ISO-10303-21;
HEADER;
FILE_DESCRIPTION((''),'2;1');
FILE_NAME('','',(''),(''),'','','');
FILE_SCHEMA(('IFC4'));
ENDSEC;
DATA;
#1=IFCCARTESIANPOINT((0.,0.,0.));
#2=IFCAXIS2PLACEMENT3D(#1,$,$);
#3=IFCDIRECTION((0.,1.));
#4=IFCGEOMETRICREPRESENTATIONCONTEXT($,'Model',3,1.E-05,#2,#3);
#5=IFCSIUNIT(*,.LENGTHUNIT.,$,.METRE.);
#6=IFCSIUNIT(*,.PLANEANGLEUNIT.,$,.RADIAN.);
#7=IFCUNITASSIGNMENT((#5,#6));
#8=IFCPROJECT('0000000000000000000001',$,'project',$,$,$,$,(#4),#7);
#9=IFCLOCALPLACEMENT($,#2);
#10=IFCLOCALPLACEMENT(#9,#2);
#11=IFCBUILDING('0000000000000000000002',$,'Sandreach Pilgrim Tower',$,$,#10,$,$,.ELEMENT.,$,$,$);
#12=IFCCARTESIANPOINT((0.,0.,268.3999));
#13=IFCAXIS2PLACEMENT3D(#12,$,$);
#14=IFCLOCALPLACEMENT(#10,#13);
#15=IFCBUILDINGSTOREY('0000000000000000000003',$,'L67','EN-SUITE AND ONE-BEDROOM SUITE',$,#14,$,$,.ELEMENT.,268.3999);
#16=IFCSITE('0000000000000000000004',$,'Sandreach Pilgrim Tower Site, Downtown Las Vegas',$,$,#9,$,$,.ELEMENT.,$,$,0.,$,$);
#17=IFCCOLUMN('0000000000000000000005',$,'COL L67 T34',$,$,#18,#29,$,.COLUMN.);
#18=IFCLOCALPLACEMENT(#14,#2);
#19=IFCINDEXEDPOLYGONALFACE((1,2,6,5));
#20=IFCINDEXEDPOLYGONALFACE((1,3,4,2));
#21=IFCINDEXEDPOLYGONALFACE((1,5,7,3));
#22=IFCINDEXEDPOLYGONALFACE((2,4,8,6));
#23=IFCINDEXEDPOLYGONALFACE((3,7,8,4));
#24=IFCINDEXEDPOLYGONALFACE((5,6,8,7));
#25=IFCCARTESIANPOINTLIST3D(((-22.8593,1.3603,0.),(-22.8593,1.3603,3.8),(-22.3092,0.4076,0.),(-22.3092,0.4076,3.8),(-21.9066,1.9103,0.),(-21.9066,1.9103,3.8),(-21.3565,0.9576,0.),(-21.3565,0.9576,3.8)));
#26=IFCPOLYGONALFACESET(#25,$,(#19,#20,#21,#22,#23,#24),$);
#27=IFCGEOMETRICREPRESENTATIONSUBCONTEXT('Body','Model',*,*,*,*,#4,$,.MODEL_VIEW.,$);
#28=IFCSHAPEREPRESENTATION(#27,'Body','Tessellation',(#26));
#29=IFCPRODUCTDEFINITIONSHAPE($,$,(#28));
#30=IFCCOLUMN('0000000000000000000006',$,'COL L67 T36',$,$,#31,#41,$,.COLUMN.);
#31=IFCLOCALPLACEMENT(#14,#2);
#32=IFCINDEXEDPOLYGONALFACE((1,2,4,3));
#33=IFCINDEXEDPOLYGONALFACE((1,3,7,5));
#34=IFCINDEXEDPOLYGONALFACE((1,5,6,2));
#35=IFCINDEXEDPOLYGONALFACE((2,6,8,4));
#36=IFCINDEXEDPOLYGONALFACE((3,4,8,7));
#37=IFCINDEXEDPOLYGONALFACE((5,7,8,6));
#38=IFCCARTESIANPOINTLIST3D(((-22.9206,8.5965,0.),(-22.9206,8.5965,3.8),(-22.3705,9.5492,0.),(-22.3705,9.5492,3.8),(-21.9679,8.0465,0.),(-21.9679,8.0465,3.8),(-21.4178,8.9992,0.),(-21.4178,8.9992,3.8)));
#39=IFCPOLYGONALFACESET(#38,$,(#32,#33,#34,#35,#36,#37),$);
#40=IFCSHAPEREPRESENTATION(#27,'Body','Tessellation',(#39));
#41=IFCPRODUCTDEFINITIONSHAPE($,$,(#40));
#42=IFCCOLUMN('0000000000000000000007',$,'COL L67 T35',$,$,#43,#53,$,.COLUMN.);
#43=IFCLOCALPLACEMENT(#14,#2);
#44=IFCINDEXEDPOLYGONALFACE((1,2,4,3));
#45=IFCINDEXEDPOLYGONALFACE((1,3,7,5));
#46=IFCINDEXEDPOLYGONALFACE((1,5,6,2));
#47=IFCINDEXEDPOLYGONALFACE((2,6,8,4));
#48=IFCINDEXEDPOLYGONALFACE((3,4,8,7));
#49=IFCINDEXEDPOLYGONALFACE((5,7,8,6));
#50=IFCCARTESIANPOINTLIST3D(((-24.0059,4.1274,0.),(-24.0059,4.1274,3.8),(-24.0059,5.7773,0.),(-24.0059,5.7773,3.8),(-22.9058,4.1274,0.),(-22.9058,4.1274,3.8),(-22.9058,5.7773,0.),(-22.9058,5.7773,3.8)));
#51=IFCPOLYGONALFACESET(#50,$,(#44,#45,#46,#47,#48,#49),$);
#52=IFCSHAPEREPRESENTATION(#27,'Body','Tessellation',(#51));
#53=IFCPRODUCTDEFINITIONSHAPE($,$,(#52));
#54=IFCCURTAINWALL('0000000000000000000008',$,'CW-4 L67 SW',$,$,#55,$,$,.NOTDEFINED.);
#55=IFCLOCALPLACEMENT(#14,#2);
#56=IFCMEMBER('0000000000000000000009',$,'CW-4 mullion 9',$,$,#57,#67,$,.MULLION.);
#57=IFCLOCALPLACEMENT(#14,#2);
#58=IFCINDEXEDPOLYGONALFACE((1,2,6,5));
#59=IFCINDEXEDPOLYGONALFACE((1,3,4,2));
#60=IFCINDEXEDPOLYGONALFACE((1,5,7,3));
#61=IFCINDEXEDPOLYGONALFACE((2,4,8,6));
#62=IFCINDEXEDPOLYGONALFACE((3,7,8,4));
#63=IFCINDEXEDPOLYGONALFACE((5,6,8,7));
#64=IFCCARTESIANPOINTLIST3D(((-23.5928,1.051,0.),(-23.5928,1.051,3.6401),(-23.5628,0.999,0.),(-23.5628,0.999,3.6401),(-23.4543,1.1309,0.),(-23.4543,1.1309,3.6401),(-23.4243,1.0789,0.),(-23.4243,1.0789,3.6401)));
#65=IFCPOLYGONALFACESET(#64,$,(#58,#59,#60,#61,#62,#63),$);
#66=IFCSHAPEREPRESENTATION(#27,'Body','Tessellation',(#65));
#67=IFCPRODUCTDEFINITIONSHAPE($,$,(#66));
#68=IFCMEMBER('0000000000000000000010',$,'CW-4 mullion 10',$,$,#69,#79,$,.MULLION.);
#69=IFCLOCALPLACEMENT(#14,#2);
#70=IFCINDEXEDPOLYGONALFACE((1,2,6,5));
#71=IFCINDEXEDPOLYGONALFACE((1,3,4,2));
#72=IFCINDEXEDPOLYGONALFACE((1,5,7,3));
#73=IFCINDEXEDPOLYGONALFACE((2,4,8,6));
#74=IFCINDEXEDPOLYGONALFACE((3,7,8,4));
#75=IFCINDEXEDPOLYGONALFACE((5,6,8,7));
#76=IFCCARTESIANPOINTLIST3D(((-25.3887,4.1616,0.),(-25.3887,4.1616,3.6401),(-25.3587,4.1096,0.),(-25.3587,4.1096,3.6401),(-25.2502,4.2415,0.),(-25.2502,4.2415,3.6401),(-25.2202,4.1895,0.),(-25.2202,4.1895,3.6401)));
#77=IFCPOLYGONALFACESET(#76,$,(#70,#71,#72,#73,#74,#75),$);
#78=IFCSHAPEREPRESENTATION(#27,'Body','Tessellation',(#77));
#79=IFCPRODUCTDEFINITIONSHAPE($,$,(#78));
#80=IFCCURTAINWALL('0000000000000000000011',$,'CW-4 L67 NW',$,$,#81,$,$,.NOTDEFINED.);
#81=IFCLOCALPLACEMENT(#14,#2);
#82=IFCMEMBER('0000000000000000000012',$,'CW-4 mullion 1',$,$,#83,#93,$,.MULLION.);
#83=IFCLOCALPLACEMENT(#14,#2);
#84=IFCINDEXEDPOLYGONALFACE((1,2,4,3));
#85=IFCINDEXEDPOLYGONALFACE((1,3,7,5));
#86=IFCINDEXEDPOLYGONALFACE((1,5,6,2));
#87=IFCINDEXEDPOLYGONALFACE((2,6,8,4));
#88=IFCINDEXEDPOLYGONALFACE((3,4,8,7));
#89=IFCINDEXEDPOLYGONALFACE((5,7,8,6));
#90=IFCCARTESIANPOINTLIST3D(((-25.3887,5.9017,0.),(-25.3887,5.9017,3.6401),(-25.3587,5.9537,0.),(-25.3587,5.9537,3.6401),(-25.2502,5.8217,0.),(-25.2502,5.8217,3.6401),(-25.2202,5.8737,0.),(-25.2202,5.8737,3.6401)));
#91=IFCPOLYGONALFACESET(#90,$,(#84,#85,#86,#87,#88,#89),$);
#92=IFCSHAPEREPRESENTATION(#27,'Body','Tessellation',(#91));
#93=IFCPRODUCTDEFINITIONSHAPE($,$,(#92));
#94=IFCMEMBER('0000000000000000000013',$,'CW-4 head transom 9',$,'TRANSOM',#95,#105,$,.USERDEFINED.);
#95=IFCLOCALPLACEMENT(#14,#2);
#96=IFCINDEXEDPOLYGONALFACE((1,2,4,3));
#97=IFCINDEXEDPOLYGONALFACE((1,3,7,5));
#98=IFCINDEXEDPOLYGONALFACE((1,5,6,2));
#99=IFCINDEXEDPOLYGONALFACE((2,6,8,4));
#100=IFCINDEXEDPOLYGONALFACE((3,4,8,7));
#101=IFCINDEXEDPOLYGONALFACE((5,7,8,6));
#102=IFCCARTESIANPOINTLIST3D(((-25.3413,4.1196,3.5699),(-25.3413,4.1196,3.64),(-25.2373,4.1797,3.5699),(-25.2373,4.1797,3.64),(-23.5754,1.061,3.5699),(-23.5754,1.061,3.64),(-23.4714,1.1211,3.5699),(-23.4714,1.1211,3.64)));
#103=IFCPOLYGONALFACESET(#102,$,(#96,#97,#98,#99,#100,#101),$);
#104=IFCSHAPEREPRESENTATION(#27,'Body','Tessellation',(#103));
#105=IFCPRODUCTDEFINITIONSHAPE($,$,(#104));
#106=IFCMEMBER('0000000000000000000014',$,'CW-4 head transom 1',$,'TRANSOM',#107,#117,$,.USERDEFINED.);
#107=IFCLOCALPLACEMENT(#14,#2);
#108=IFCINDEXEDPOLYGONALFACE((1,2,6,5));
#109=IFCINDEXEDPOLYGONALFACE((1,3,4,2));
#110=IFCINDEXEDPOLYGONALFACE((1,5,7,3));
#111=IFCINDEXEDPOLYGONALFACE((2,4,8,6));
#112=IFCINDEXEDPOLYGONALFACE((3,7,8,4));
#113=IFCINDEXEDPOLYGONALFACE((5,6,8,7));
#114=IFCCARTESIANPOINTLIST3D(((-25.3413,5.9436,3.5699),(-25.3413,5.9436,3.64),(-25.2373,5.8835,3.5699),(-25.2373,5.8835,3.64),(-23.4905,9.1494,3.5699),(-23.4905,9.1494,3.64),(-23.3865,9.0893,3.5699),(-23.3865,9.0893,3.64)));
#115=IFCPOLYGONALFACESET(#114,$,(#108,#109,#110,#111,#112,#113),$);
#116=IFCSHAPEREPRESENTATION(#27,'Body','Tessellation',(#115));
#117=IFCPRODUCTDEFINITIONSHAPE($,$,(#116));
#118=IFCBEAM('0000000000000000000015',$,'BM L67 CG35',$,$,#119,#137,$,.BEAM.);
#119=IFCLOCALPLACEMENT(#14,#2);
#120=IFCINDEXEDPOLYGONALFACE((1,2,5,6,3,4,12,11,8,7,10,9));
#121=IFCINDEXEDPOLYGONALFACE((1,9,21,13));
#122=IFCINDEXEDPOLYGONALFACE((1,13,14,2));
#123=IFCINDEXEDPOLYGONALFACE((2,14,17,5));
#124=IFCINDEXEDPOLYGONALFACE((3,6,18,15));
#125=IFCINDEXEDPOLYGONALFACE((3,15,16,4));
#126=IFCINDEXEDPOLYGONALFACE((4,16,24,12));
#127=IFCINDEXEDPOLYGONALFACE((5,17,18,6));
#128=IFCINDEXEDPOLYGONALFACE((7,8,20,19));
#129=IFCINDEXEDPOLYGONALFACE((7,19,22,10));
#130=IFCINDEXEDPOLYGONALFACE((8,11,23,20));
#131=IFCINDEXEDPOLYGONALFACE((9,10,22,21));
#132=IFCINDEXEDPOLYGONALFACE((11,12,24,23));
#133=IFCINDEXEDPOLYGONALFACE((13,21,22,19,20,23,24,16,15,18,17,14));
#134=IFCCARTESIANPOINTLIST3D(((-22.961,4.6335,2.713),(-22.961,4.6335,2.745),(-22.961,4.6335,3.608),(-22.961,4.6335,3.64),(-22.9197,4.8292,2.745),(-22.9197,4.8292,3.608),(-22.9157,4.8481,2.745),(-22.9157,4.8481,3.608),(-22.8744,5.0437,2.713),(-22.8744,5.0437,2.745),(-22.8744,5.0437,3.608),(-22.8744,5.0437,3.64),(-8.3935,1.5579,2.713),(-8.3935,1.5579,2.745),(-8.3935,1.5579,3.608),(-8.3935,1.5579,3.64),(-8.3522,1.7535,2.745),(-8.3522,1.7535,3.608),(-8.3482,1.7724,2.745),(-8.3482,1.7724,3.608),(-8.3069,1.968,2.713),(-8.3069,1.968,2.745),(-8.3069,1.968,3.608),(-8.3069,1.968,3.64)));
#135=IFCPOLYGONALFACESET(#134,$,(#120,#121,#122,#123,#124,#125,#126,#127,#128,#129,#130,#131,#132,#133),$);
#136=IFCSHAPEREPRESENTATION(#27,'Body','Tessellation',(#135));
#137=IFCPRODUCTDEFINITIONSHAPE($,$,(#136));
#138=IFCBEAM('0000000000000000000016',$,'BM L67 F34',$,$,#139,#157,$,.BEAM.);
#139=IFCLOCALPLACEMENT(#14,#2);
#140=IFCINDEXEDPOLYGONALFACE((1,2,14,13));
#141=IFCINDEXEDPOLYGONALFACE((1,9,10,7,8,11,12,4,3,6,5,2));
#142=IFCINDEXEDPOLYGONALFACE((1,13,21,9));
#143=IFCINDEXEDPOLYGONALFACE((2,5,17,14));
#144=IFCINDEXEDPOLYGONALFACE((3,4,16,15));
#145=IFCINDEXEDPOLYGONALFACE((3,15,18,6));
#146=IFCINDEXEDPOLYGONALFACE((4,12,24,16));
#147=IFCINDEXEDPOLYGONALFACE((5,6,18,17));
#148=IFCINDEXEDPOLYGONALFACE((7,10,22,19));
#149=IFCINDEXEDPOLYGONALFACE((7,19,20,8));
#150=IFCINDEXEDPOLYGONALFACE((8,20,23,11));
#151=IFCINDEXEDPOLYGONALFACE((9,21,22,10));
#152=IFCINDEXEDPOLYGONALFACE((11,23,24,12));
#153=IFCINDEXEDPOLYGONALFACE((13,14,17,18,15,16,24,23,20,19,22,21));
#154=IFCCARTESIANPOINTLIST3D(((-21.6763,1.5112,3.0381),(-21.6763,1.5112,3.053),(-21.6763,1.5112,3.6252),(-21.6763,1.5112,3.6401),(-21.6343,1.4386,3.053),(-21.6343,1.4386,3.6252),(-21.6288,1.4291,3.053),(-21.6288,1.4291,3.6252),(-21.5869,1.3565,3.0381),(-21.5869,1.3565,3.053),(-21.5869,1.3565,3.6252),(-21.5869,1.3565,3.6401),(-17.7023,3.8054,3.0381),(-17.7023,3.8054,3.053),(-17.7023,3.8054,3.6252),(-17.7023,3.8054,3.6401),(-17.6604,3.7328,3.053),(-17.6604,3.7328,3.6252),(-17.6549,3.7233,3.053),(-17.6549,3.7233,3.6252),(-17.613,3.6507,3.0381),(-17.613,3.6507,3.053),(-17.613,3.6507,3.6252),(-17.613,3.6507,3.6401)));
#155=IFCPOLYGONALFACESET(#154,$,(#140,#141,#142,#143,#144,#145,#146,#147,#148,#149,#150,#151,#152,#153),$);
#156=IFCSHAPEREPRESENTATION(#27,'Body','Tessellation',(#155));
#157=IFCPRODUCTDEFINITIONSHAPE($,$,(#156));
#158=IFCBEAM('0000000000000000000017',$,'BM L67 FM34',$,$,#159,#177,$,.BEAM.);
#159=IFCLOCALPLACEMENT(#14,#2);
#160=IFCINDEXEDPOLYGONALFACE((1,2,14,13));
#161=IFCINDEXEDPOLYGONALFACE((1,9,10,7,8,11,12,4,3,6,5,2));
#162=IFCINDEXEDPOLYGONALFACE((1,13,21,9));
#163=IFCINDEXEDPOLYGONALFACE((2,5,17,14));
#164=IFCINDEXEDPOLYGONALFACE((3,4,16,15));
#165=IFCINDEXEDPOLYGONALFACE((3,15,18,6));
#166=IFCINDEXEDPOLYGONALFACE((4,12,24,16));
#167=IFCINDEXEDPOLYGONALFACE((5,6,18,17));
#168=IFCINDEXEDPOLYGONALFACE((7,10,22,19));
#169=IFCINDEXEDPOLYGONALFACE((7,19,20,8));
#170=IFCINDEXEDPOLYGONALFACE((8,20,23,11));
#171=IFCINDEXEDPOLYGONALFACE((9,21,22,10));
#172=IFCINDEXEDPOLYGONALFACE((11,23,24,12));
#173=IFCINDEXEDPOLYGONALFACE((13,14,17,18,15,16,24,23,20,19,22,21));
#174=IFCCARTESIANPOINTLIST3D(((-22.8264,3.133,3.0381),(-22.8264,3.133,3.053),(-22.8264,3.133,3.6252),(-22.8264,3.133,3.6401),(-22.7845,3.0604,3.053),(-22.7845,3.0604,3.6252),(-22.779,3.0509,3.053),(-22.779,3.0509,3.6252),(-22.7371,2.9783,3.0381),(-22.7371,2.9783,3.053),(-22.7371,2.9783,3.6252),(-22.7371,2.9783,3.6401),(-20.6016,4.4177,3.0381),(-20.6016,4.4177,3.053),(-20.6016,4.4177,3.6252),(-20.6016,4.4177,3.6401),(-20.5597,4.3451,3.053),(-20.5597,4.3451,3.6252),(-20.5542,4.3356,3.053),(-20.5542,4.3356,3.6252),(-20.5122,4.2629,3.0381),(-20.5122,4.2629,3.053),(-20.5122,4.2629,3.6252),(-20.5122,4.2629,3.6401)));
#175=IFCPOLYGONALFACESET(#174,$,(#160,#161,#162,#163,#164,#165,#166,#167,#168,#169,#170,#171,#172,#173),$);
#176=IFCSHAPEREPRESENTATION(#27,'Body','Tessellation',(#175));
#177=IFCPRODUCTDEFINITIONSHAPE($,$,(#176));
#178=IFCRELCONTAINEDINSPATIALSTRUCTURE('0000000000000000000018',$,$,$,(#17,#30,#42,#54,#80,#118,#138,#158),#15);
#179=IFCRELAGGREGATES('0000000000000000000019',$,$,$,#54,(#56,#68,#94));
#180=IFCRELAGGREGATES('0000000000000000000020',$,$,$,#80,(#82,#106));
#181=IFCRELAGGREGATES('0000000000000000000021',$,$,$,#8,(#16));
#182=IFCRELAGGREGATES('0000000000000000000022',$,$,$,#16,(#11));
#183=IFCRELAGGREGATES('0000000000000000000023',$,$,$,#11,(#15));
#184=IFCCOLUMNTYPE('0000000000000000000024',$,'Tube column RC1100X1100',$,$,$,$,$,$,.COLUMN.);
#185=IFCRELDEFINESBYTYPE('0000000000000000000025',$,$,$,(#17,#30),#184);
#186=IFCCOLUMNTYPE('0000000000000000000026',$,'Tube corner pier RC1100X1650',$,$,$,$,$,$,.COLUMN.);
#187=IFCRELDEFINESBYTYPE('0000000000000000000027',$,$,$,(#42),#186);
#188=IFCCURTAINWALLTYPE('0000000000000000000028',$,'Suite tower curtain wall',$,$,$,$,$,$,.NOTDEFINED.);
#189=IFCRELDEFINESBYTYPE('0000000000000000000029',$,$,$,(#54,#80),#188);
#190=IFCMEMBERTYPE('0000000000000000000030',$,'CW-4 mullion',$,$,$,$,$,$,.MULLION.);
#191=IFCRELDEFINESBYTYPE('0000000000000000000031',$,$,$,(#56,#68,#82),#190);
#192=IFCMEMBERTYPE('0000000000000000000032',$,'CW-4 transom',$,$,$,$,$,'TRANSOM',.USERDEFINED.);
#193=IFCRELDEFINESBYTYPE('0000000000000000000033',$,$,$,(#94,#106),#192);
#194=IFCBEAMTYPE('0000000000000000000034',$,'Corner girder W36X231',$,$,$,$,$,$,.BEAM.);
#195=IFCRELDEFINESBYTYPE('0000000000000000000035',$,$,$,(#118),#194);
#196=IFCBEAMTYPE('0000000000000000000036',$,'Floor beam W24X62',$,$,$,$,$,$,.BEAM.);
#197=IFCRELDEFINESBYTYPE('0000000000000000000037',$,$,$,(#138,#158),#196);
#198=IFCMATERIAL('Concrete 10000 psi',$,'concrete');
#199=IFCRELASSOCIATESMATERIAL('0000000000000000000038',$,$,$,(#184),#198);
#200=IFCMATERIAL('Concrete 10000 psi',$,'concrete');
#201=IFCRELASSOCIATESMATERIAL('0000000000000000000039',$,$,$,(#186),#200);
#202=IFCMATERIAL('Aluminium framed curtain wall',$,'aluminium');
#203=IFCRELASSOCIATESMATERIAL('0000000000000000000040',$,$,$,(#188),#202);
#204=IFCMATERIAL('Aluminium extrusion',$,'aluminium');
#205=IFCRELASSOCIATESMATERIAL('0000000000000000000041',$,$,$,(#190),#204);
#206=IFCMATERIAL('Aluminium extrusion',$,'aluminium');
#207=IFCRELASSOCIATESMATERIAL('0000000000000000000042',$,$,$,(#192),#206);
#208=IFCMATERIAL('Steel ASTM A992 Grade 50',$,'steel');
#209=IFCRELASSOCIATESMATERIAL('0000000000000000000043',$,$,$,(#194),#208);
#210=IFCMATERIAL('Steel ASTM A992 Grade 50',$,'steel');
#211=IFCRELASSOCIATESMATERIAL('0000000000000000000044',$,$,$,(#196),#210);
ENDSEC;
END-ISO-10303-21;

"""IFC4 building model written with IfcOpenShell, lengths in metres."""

from ifc_helpers import new_model, si_unit, direction, frame, origin, origin_2d, place, context, subcontext, project, spatial, rectangle, i_section, extrude, material, material_profile, profile_set, type_object, element, aggregate, save


model = new_model("IFC4")

# Units and contexts
model_context = context("Model", 3, precision=1e-05, world=origin(), true_north=direction((0.0, 1.0)))
body_context = subcontext(model_context, "Body", "Model", "MODEL_VIEW")
ifc_project = project(units=[si_unit("LENGTHUNIT", "METRE"), si_unit("PLANEANGLEUNIT", "RADIAN")], contexts=[model_context])

# Site, building, storey
site_placement = place(None, origin())
site = spatial("IfcSite", under=ifc_project, at=site_placement, Name="Sandreach Pilgrim Tower Site, Downtown Las Vegas", CompositionType="ELEMENT", RefElevation=0.0)
building_placement = place(site_placement, origin())
building = spatial("IfcBuilding", under=site, at=building_placement, Name="Sandreach Pilgrim Tower", CompositionType="ELEMENT")
storey_placement = place(building_placement, frame((0.0, 0.0, 268.3999)))
storey = spatial("IfcBuildingStorey", under=building, at=storey_placement, Name="L67", Description="EN-SUITE AND ONE-BEDROOM SUITE", CompositionType="ELEMENT", Elevation=268.3999)

# Columns
ifc_material_1 = material(Name="Concrete 10000 psi", Category="concrete")
ifc_material_profile_1 = material_profile(ifc_material_1, rectangle(XDim=1.1001, YDim=1.1001, at=origin_2d()), Name="RC1100X1100")
ifc_profile_set_1 = profile_set([ifc_material_profile_1], Name="Concrete 10000 psi")
column_type_1 = type_object("IfcColumnType", Name="Tube column RC1100X1100", PredefinedType="COLUMN", material=ifc_profile_set_1)
for number, where, z_axis, x_axis, name in (
    (1, (-22.1079, 1.1589, 0.0), (0.0, 0.0, 1.0), (-0.866025, -0.5, 0.0), "COL L67 T34"),
    (2, (-22.1692, 8.7979, 0.0), (0.0, 0.0, 1.0), (-0.866025, 0.5, 0.0), "COL L67 T36"),
):
    element("IfcColumn", number, at=place(storey_placement, frame(where, z_axis=z_axis, x_axis=x_axis)), inside=storey, type_object=column_type_1, Name=name, PredefinedType="COLUMN", context=body_context, shape_type="SweptSolid", body=[
        extrude(rectangle(XDim=1.1001, YDim=1.1001, at=origin_2d()), origin(), (0.0, 0.0, 1.0), 3.8),
    ])
ifc_material_2 = material(Name="Concrete 10000 psi", Category="concrete")
ifc_material_profile_2 = material_profile(ifc_material_2, rectangle(XDim=1.1001, YDim=1.6499, at=origin_2d()), Name="RC1100X1650")
ifc_profile_set_2 = profile_set([ifc_material_profile_2], Name="Concrete 10000 psi")
column_type_2 = type_object("IfcColumnType", Name="Tube corner pier RC1100X1650", PredefinedType="COLUMN", material=ifc_profile_set_2)
column_placement = place(storey_placement, frame((-23.4558, 4.9524, 0.0), z_axis=(0.0, 0.0, 1.0), x_axis=(-1.0, 0.0, 0.0)))
element("IfcColumn", 3, at=column_placement, inside=storey, type_object=column_type_2, Name="COL L67 T35", PredefinedType="COLUMN", context=body_context, shape_type="SweptSolid", body=[
    extrude(rectangle(XDim=1.1001, YDim=1.6499, at=origin_2d()), origin(), (0.0, 0.0, 1.0), 3.8),
])

# Curtain wall, members
ifc_material_3 = material(Name="Aluminium framed curtain wall", Category="aluminium")
curtain_wall_type = type_object("IfcCurtainWallType", Name="Suite tower curtain wall", PredefinedType="NOTDEFINED", material=ifc_material_3)
curtain_wall_1_placement = place(storey_placement, origin())
curtain_wall_1 = element("IfcCurtainWall", 4, at=curtain_wall_1_placement, inside=storey, type_object=curtain_wall_type, Name="CW-4 L67 SW", PredefinedType="NOTDEFINED")
ifc_material_4 = material(Name="Aluminium extrusion", Category="aluminium")
ifc_material_profile_3 = material_profile(ifc_material_4, rectangle(XDim=0.0601, YDim=0.1599, at=origin_2d()), Name="CW-4M 60X160")
ifc_profile_set_3 = profile_set([ifc_material_profile_3], Name="Aluminium extrusion")
member_type_1 = type_object("IfcMemberType", Name="CW-4 mullion", PredefinedType="MULLION", material=ifc_profile_set_3)
member_1_placement = place(storey_placement, frame((-23.5085, 1.0649, 0.0), z_axis=(0.0, 0.0, 1.0), x_axis=(-0.5, 0.866025, 0.0)))
member_1 = element("IfcMember", 5, at=member_1_placement, type_object=member_type_1, Name="CW-4 mullion 9", PredefinedType="MULLION", context=body_context, shape_type="SweptSolid", body=[
    extrude(rectangle(XDim=0.0601, YDim=0.1599, at=origin_2d()), origin(), (0.0, 0.0, 1.0), 3.6401),
])
member_2_placement = place(storey_placement, frame((-25.3044, 4.1755, 0.0), z_axis=(0.0, 0.0, 1.0), x_axis=(-0.5, 0.866025, 0.0)))
member_2 = element("IfcMember", 6, at=member_2_placement, type_object=member_type_1, Name="CW-4 mullion 10", PredefinedType="MULLION", context=body_context, shape_type="SweptSolid", body=[
    extrude(rectangle(XDim=0.0601, YDim=0.1599, at=origin_2d()), origin(), (0.0, 0.0, 1.0), 3.6401),
])

# Curtain wall, member
curtain_wall_2_placement = place(storey_placement, origin())
curtain_wall_2 = element("IfcCurtainWall", 7, at=curtain_wall_2_placement, inside=storey, type_object=curtain_wall_type, Name="CW-4 L67 NW", PredefinedType="NOTDEFINED")
member_3_placement = place(storey_placement, frame((-25.3044, 5.8877, 0.0), z_axis=(0.0, 0.0, 1.0), x_axis=(0.5, 0.866025, 0.0)))
member_3 = element("IfcMember", 8, at=member_3_placement, type_object=member_type_1, Name="CW-4 mullion 1", PredefinedType="MULLION", context=body_context, shape_type="SweptSolid", body=[
    extrude(rectangle(XDim=0.0601, YDim=0.1599, at=origin_2d()), origin(), (0.0, 0.0, 1.0), 3.6401),
])

# Members
ifc_material_5 = material(Name="Aluminium extrusion", Category="aluminium")
ifc_material_profile_4 = material_profile(ifc_material_5, rectangle(XDim=0.1201, YDim=0.0701, at=origin_2d()), Name="CW-4T 120X70")
ifc_profile_set_4 = profile_set([ifc_material_profile_4], Name="Aluminium extrusion")
member_type_2 = type_object("IfcMemberType", Name="CW-4 transom", ElementType="TRANSOM", PredefinedType="USERDEFINED", material=ifc_profile_set_4)
member_4_placement = place(storey_placement, frame((-23.5234, 1.0911, 3.605), z_axis=(-0.499998, 0.866027, 0.0), x_axis=(-0.866027, -0.499998, 0.0)))
member_4 = element("IfcMember", 9, at=member_4_placement, type_object=member_type_2, Name="CW-4 head transom 9", ObjectType="TRANSOM", PredefinedType="USERDEFINED", context=body_context, shape_type="SweptSolid", body=[
    extrude(rectangle(XDim=0.1201, YDim=0.0701, at=origin_2d()), origin(), (0.0, 0.0, 1.0), 3.5317),
])
member_5_placement = place(storey_placement, frame((-25.2893, 5.9136, 3.605), z_axis=(0.499991, 0.866031, 0.0), x_axis=(-0.866031, 0.499991, 0.0)))
member_5 = element("IfcMember", 10, at=member_5_placement, type_object=member_type_2, Name="CW-4 head transom 1", ObjectType="TRANSOM", PredefinedType="USERDEFINED", context=body_context, shape_type="SweptSolid", body=[
    extrude(rectangle(XDim=0.1201, YDim=0.0701, at=origin_2d()), origin(), (0.0, 0.0, 1.0), 3.7017),
])

# Beams
ifc_material_6 = material(Name="Steel ASTM A992 Grade 50", Category="steel")
ifc_material_profile_5 = material_profile(ifc_material_6, i_section(OverallWidth=0.4192, OverallDepth=0.927, WebThickness=0.0193, FlangeThickness=0.032, at=origin_2d()), Name="W36X231")
ifc_profile_set_5 = profile_set([ifc_material_profile_5], Name="Steel ASTM A992 Grade 50")
beam_type_1 = type_object("IfcBeamType", Name="Corner girder W36X231", PredefinedType="BEAM", material=ifc_profile_set_5)
beam_1_placement = place(storey_placement, frame((-22.9177, 4.8386, 3.1765), z_axis=(0.97843, -0.206577, 0.0), x_axis=(0.206577, 0.97843, 0.0)))
element("IfcBeam", 11, at=beam_1_placement, inside=storey, type_object=beam_type_1, Name="BM L67 CG35", PredefinedType="BEAM", context=body_context, shape_type="SweptSolid", body=[
    extrude(i_section(OverallWidth=0.4192, OverallDepth=0.927, WebThickness=0.0193, FlangeThickness=0.032, at=origin_2d()), origin(), (0.0, 0.0, 1.0), 14.8887),
])
ifc_material_7 = material(Name="Steel ASTM A992 Grade 50", Category="steel")
ifc_material_profile_6 = material_profile(ifc_material_7, i_section(OverallWidth=0.1787, OverallDepth=0.6021, WebThickness=0.011, FlangeThickness=0.0149, at=origin_2d()), Name="W24X62")
ifc_profile_set_6 = profile_set([ifc_material_profile_6], Name="Steel ASTM A992 Grade 50")
beam_type_2 = type_object("IfcBeamType", Name="Floor beam W24X62", PredefinedType="BEAM", material=ifc_profile_set_6)
beam_2_placement = place(storey_placement, frame((-21.6316, 1.4338, 3.3391), z_axis=(0.866038, 0.499979, 0.0), x_axis=(-0.499979, 0.866038, 0.0)))
element("IfcBeam", 12, at=beam_2_placement, inside=storey, type_object=beam_type_2, Name="BM L67 F34", PredefinedType="BEAM", context=body_context, shape_type="SweptSolid", body=[
    extrude(i_section(OverallWidth=0.1787, OverallDepth=0.6021, WebThickness=0.011, FlangeThickness=0.0149, at=origin_2d()), origin(), (0.0, 0.0, 1.0), 4.5886),
])
beam_3_placement = place(storey_placement, frame((-22.7817, 3.0557, 3.3391), z_axis=(0.866, 0.500043, 0.0), x_axis=(-0.500043, 0.866, 0.0)))
element("IfcBeam", 13, at=beam_3_placement, inside=storey, type_object=beam_type_2, Name="BM L67 FM34", PredefinedType="BEAM", context=body_context, shape_type="SweptSolid", body=[
    extrude(i_section(OverallWidth=0.1787, OverallDepth=0.6021, WebThickness=0.011, FlangeThickness=0.0149, at=origin_2d()), origin(), (0.0, 0.0, 1.0), 2.5691),
])

aggregate(curtain_wall_1, [member_1, member_2, member_4])
aggregate(curtain_wall_2, [member_3, member_5])

save(model, "model.ifc")
